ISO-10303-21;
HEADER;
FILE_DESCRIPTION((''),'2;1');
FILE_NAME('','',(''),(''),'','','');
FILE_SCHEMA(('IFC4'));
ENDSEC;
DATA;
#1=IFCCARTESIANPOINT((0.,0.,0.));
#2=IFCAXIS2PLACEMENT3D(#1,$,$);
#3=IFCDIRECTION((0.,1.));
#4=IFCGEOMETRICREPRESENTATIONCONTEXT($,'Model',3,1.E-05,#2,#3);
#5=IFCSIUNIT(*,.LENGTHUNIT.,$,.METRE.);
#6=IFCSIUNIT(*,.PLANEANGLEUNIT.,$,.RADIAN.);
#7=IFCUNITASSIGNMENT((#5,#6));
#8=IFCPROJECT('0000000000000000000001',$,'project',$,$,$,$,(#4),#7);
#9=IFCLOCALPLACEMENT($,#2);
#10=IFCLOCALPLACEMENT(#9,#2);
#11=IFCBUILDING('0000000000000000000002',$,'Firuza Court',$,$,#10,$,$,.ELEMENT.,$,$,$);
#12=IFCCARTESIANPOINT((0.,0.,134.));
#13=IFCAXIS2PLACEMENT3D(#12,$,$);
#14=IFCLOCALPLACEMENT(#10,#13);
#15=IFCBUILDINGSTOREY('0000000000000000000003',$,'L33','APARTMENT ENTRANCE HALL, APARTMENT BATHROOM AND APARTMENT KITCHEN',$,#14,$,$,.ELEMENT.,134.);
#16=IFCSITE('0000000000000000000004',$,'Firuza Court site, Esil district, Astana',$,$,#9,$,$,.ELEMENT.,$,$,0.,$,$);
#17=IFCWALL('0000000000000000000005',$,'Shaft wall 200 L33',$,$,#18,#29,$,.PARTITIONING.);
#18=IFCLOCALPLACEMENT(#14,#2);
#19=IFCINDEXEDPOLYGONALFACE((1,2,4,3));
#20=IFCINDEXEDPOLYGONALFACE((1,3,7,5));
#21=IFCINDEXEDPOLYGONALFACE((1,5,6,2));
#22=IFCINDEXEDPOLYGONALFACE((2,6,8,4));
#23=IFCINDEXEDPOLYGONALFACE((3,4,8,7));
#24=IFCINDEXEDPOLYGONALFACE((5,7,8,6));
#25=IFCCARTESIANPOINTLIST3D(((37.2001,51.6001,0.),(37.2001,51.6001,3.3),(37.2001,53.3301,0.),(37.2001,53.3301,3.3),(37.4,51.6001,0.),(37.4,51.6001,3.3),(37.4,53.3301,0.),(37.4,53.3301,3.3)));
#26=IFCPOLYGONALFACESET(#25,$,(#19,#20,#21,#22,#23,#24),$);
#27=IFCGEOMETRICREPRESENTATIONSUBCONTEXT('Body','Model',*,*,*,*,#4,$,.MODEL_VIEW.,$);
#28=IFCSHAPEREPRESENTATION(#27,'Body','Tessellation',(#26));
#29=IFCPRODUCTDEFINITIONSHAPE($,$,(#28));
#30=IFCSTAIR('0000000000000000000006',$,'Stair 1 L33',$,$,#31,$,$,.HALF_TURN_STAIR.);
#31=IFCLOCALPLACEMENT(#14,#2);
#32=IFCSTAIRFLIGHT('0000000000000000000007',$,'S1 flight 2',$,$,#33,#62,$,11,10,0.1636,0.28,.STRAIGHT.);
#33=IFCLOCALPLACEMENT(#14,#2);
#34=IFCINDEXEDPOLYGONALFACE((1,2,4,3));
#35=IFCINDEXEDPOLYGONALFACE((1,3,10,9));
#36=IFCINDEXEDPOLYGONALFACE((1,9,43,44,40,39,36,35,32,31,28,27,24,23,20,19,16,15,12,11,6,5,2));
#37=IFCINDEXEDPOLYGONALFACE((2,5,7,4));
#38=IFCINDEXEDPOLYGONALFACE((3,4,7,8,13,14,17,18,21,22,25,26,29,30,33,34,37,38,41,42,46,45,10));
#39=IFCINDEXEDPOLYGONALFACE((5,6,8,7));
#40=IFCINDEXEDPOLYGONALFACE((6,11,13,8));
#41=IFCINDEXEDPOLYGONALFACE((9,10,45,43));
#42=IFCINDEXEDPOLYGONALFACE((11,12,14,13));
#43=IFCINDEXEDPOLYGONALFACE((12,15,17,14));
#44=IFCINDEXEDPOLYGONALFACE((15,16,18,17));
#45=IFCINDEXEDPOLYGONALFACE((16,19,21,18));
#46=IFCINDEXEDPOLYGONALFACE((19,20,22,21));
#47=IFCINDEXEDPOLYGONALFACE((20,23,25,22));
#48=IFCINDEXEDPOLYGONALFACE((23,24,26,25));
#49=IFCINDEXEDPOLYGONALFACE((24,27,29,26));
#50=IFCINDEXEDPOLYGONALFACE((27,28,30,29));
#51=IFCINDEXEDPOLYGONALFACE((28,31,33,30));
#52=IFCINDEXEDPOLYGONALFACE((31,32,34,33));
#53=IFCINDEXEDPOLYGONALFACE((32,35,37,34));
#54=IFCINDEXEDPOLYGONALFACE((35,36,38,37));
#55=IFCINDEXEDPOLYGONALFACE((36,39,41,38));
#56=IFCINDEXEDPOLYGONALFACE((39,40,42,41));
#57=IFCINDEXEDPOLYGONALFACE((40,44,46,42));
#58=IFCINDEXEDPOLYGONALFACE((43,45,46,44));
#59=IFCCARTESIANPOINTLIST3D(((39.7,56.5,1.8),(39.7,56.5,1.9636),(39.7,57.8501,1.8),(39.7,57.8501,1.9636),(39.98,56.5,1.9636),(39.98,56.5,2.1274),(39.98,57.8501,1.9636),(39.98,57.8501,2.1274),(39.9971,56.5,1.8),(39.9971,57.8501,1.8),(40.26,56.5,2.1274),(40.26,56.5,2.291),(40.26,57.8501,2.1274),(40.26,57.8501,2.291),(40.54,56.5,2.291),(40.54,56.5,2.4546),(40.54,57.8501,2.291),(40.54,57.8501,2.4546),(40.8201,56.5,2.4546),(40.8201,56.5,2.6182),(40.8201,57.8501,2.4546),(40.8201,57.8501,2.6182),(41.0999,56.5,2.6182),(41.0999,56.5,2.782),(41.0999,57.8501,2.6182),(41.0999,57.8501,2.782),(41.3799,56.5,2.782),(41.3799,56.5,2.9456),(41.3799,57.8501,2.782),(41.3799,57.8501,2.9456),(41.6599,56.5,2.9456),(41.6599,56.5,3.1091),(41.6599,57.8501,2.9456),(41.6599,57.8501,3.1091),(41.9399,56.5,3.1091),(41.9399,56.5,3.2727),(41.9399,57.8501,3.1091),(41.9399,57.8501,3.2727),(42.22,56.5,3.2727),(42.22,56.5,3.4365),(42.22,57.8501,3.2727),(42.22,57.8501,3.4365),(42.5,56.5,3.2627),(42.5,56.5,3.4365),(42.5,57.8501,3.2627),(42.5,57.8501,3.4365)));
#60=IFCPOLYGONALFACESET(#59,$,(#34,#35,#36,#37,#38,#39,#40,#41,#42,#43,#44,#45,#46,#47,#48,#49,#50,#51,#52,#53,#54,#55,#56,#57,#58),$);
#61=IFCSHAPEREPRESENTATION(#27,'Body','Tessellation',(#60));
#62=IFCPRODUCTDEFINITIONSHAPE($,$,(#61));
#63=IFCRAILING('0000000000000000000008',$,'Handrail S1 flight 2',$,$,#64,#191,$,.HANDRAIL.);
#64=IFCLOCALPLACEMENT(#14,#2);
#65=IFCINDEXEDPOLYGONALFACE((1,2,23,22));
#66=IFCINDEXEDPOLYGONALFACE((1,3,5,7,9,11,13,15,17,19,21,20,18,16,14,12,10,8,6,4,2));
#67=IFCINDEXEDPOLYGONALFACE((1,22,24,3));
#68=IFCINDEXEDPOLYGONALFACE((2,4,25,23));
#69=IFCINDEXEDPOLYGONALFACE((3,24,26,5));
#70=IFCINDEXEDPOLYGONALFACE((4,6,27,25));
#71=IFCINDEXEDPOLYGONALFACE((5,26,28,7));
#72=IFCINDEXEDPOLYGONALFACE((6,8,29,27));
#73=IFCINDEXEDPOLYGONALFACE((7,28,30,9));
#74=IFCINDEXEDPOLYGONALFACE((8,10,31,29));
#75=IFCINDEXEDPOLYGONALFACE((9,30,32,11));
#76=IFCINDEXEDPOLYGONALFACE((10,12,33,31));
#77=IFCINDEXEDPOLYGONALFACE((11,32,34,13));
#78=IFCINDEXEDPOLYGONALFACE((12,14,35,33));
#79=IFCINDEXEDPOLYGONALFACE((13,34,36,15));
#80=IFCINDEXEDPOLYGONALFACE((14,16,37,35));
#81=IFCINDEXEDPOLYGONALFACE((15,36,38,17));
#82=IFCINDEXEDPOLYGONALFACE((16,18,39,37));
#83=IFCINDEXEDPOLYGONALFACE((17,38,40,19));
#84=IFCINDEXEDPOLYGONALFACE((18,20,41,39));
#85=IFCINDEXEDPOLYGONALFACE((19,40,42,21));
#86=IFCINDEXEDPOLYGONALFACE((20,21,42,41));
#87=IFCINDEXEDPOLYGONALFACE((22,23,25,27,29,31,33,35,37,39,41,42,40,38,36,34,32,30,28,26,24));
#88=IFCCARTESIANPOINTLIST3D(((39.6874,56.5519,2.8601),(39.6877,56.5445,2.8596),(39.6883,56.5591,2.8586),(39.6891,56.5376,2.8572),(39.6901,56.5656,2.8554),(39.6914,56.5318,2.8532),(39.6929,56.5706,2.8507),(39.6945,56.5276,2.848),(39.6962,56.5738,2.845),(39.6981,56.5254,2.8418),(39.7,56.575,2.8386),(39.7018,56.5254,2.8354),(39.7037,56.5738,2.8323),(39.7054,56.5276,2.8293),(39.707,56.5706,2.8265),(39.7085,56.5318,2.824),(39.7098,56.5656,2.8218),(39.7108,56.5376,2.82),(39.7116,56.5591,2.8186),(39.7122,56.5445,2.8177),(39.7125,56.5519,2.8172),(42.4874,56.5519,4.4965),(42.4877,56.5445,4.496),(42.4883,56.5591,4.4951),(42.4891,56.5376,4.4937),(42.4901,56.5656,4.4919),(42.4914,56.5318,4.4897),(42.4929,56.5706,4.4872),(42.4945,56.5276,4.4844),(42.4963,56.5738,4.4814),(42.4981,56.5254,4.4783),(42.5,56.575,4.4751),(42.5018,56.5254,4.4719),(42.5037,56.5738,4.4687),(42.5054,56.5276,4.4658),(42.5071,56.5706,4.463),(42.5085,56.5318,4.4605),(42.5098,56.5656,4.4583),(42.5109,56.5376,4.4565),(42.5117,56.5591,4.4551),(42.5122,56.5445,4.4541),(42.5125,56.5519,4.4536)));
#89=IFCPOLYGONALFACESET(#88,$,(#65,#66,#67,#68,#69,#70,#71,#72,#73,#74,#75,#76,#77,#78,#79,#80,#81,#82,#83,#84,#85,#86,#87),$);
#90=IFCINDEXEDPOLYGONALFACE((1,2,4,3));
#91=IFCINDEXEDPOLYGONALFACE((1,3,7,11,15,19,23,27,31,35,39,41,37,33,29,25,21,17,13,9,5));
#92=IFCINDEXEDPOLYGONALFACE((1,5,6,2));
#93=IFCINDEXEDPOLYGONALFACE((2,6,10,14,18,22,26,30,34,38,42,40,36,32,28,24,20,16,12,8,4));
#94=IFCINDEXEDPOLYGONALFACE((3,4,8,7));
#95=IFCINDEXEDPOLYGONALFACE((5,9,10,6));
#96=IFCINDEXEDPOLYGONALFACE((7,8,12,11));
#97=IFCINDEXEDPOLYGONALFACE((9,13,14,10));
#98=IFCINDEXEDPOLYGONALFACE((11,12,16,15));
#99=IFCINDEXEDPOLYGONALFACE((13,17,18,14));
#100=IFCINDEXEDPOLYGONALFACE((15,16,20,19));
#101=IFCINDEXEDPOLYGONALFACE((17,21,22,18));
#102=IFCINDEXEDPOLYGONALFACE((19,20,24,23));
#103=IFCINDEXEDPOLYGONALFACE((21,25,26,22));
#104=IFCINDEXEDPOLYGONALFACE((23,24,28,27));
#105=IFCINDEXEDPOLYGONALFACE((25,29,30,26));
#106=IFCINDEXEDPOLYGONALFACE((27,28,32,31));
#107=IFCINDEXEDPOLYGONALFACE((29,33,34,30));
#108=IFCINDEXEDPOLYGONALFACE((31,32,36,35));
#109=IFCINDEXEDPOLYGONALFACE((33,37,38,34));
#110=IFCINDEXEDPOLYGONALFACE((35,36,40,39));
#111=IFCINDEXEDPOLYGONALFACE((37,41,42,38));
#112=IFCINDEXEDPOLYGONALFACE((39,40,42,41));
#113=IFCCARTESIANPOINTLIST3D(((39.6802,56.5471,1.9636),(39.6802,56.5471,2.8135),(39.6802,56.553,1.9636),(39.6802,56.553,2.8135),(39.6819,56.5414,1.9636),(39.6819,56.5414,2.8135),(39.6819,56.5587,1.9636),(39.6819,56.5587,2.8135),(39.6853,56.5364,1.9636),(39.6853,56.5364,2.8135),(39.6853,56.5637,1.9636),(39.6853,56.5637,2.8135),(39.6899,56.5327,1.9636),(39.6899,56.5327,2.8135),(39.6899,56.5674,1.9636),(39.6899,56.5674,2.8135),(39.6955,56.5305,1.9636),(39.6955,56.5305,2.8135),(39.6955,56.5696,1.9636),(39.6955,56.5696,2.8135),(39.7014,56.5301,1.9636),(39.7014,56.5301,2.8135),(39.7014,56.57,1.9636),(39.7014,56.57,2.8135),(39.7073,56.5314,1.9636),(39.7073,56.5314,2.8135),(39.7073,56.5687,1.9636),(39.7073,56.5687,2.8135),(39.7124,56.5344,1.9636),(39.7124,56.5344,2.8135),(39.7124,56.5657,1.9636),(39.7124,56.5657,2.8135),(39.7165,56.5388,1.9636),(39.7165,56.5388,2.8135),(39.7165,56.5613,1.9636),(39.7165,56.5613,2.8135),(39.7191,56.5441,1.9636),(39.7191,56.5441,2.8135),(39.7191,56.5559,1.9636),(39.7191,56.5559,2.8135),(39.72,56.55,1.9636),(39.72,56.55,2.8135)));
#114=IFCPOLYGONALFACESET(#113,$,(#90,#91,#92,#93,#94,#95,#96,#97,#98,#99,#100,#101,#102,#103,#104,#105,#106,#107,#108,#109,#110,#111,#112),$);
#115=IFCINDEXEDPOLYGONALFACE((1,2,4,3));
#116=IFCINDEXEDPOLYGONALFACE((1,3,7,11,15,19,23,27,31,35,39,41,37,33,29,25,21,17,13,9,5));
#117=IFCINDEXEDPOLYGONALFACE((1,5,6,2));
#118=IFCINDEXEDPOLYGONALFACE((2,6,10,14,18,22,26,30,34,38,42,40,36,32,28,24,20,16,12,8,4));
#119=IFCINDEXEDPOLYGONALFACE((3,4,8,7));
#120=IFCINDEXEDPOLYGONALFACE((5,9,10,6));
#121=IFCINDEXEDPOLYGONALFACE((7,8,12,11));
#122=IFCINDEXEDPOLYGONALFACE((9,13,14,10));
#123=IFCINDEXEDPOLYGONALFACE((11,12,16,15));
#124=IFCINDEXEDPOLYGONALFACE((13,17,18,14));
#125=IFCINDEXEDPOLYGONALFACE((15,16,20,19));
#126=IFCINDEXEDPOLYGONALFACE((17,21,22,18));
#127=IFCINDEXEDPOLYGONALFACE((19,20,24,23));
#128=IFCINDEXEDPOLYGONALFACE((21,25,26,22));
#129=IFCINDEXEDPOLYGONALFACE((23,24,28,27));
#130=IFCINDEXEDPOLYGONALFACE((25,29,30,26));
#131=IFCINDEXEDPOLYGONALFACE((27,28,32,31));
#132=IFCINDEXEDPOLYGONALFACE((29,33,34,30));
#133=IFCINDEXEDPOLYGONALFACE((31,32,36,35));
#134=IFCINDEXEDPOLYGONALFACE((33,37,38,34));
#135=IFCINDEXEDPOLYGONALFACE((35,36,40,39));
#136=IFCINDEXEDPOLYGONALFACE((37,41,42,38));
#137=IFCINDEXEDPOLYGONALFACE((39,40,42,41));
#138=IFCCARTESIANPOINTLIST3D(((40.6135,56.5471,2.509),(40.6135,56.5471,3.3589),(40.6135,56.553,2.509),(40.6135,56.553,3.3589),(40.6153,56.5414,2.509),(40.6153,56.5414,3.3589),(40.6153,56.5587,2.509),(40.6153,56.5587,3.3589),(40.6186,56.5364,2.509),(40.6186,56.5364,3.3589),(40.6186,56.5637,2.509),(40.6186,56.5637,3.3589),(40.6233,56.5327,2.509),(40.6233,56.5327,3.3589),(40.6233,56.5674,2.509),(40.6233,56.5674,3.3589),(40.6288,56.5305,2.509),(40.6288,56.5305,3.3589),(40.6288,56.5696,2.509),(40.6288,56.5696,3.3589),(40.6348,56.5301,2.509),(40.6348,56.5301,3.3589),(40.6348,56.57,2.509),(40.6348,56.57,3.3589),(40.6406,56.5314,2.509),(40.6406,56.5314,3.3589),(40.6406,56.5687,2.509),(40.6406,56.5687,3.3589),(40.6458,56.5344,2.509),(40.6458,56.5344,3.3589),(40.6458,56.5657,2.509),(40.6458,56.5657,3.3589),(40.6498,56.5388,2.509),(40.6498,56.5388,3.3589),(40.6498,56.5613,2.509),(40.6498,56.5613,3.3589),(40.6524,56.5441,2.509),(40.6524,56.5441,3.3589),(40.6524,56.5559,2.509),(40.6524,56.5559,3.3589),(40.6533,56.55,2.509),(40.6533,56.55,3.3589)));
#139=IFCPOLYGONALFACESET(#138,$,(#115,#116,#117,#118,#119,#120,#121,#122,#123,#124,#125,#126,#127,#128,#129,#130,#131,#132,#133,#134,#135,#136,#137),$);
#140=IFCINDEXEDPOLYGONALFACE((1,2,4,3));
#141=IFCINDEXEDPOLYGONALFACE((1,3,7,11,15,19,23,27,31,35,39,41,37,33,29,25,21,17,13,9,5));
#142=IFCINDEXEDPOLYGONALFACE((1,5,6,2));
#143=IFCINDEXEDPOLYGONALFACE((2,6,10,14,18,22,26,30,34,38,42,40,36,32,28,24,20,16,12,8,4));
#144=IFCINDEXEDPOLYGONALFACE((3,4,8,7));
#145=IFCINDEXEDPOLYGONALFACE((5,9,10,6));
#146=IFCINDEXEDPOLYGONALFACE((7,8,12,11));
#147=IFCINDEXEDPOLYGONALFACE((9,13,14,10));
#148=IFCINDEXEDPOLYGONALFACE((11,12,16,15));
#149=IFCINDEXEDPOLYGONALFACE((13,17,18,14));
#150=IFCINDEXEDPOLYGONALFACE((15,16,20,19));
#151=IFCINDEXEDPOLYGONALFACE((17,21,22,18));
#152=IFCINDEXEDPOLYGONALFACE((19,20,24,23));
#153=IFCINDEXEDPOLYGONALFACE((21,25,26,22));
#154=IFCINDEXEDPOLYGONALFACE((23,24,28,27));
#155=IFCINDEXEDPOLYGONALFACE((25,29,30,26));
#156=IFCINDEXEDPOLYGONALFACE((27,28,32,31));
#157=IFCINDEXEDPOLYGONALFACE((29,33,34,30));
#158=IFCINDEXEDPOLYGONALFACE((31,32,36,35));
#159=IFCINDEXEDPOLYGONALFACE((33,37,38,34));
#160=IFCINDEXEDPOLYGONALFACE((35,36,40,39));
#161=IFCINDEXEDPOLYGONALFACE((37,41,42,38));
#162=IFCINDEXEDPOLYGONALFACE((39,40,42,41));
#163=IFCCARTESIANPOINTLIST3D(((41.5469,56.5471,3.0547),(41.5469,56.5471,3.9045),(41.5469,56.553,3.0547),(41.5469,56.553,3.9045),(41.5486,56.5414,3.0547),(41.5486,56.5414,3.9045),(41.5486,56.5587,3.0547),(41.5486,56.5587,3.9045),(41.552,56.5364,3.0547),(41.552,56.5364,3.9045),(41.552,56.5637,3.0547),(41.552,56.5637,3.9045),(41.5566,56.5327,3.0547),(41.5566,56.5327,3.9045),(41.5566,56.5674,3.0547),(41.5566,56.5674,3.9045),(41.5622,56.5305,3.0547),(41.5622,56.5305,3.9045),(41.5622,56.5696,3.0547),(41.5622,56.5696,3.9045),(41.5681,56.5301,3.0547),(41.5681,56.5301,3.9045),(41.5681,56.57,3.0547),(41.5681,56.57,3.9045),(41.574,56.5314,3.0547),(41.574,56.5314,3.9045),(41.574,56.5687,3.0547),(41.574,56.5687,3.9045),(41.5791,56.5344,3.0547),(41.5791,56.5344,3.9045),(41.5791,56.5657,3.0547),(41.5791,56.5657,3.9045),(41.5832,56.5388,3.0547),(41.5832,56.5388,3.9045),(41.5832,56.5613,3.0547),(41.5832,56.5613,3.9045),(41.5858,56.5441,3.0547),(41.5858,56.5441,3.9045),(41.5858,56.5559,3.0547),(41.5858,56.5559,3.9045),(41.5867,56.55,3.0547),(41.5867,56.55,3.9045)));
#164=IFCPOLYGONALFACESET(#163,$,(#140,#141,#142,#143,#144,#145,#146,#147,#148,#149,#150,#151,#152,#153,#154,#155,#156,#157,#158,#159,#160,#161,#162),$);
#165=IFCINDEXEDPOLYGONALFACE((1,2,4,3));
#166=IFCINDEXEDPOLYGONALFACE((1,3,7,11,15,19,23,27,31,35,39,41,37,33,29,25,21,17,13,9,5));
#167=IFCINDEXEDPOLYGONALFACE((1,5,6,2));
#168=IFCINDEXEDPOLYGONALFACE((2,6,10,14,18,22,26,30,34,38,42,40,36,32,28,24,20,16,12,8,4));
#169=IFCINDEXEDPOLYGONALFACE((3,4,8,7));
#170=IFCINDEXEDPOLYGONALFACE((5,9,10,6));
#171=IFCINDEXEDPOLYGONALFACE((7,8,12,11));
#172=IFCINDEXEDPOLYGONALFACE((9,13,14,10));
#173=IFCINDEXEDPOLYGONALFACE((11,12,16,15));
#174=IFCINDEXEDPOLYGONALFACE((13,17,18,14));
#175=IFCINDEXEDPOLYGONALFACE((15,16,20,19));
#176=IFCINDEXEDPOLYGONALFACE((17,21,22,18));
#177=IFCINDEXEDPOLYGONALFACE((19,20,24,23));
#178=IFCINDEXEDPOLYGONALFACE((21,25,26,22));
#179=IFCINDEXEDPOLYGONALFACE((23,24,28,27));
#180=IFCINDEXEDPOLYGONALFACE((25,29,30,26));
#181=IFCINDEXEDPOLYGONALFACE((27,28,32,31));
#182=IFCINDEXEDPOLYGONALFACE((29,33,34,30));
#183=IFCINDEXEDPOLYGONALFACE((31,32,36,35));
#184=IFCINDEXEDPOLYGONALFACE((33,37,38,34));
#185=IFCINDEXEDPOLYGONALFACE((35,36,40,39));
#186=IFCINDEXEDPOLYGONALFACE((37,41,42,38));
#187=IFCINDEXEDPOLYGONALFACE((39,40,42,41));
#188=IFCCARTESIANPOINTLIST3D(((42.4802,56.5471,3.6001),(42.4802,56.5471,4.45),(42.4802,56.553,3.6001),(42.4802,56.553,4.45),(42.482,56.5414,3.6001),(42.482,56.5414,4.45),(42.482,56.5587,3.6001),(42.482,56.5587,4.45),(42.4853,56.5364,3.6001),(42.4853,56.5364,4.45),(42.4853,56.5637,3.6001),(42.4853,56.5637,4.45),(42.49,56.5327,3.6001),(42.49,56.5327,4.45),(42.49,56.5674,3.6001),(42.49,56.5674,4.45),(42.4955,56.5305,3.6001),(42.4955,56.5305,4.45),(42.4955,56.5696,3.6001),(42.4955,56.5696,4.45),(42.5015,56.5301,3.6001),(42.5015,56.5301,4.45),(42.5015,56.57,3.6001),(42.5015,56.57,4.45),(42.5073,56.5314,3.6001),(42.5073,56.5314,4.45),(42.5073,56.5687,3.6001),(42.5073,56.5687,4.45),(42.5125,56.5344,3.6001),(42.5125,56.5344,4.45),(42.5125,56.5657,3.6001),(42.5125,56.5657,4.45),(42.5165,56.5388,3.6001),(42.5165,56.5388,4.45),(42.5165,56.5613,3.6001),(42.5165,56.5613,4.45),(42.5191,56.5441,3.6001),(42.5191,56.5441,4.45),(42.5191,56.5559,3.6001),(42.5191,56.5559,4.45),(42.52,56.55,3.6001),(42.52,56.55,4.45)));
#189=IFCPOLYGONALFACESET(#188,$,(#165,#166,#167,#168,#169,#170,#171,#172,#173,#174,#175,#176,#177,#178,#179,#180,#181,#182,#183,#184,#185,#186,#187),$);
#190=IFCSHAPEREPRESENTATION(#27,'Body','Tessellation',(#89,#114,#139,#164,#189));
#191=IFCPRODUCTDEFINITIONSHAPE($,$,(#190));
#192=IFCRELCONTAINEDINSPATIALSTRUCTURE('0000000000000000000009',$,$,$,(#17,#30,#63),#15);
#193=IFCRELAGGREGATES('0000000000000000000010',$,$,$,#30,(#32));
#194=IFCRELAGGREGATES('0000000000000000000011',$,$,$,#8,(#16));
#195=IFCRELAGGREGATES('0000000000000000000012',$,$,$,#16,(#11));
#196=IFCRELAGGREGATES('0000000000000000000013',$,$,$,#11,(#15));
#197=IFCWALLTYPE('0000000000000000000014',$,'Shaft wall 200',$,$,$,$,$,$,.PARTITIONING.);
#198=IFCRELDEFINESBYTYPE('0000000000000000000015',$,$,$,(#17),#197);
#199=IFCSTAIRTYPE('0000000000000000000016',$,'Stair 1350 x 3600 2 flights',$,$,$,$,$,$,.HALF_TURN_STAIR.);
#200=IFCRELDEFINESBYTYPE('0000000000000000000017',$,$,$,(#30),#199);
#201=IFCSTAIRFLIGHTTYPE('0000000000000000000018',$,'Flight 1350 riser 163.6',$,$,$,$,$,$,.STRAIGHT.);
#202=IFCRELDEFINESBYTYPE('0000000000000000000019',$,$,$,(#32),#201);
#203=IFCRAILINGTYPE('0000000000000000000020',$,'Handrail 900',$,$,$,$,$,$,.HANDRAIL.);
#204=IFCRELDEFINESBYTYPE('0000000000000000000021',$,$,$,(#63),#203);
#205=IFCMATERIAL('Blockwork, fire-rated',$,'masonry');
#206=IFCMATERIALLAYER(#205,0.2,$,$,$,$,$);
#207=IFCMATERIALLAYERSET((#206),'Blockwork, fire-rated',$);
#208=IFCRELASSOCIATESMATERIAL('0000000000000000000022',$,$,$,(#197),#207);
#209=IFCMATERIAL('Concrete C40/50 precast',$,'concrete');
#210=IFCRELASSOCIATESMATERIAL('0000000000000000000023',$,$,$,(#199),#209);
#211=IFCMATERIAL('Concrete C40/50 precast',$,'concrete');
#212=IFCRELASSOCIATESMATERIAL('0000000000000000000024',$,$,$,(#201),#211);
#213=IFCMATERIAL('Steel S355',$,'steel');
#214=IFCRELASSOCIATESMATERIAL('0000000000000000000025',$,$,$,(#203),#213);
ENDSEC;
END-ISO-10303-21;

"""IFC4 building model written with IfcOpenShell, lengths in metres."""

from ifc_helpers import new_model, si_unit, direction, frame, frame_2d, origin, origin_2d, place, context, subcontext, project, spatial, polyline, rectangle, circle, outline, extrude, material, layer, layer_set, type_object, element, aggregate, save


model = new_model("IFC4")

# Units and contexts
model_context = context("Model", 3, precision=1e-05, world=origin(), true_north=direction((0.0, 1.0)))
body_context = subcontext(model_context, "Body", "Model", "MODEL_VIEW")
ifc_project = project(units=[si_unit("LENGTHUNIT", "METRE"), si_unit("PLANEANGLEUNIT", "RADIAN")], contexts=[model_context])

# Site, building, storey
site_placement = place(None, origin())
site = spatial("IfcSite", under=ifc_project, at=site_placement, Name="Firuza Court site, Esil district, Astana", CompositionType="ELEMENT", RefElevation=0.0)
building_placement = place(site_placement, origin())
building = spatial("IfcBuilding", under=site, at=building_placement, Name="Firuza Court", CompositionType="ELEMENT")
storey_placement = place(building_placement, frame((0.0, 0.0, 134.0)))
storey = spatial("IfcBuildingStorey", under=building, at=storey_placement, Name="L33", Description="APARTMENT ENTRANCE HALL, APARTMENT BATHROOM AND APARTMENT KITCHEN", CompositionType="ELEMENT", Elevation=134.0)

# Shared definitions
ifc_material_1 = material(Name="Blockwork, fire-rated", Category="masonry")

# Shared definitions
ifc_layer_1 = layer(ifc_material_1, 0.2)
ifc_layer_set_1 = layer_set([ifc_layer_1], Name="Blockwork, fire-rated")
wall_type_1 = type_object("IfcWallType", Name="Shaft wall 200", PredefinedType="PARTITIONING", material=ifc_layer_set_1)

# Wall
wall_1_placement = place(storey_placement, frame((37.3, 51.6001, 0.0), z_axis=(0.0, 0.0, 1.0), x_axis=(0.0, 1.0, 0.0)))
element("IfcWall", 1, at=wall_1_placement, inside=storey, type_object=wall_type_1, Name="Shaft wall 200 L33", PredefinedType="PARTITIONING", context=body_context, shape_type="SweptSolid", body=[
    extrude(rectangle(XDim=1.73, YDim=0.2, at=frame_2d((0.865, 0.0))), origin(), (0.0, 0.0, 1.0), 3.3),
])

# Stair, stair flight
ifc_material_2 = material(Name="Concrete C40/50 precast", Category="concrete")
stair_type = type_object("IfcStairType", Name="Stair 1350 x 3600 2 flights", PredefinedType="HALF_TURN_STAIR", material=ifc_material_2)
stair_placement = place(storey_placement, origin())
stair = element("IfcStair", 2, at=stair_placement, inside=storey, type_object=stair_type, Name="Stair 1 L33", PredefinedType="HALF_TURN_STAIR")
ifc_material_3 = material(Name="Concrete C40/50 precast", Category="concrete")
stair_flight_type = type_object("IfcStairFlightType", Name="Flight 1350 riser 163.6", PredefinedType="STRAIGHT", material=ifc_material_3)
stair_flight_placement = place(storey_placement, frame((39.7, 57.175, 1.8), z_axis=(0.0, 0.0, 1.0), x_axis=(1.0, 0.0, 0.0)))
stair_flight = element("IfcStairFlight", 3, at=stair_flight_placement, type_object=stair_flight_type, Name="S1 flight 2", NumberOfRisers=11, NumberOfTreads=10, PredefinedType="STRAIGHT", RiserHeight=0.1636, TreadLength=0.28, context=body_context, shape_type="SweptSolid", body=[
    extrude(outline(polyline([(0.0, 0.0), (0.0, 0.1636), (0.28, 0.1636), (0.28, 0.3274), (0.5601, 0.3274), (0.5601, 0.491), (0.8401, 0.491), (0.8401, 0.6545), (1.1201, 0.6545), (1.1201, 0.8181), (1.3999, 0.8181), (1.3999, 0.9819), (1.6799, 0.9819), (1.6799, 1.1455), (1.96, 1.1455), (1.96, 1.3091), (2.24, 1.3091), (2.24, 1.4727), (2.52, 1.4727), (2.52, 1.6365), (2.8, 1.6365), (2.8, 1.8), (2.8, 1.4626), (0.2971, 0.0), (0.0, 0.0)])), frame((0.0, 0.675, 0.0), z_axis=(0.0, -1.0, 0.0), x_axis=(1.0, 0.0, 0.0)), (0.0, 0.0, 1.0), 1.3501),
])
aggregate(stair, [stair_flight])

# Railing
ifc_material_4 = material(Name="Steel S355", Category="steel")
railing_type = type_object("IfcRailingType", Name="Handrail 900", PredefinedType="HANDRAIL", material=ifc_material_4)
railing_placement = place(storey_placement, frame((39.7, 56.55, 1.9636)))
element("IfcRailing", 4, at=railing_placement, inside=storey, type_object=railing_type, Name="Handrail S1 flight 2", PredefinedType="HANDRAIL", context=body_context, shape_type="SweptSolid", body=[
    extrude(circle(Radius=0.0249, at=origin_2d()), frame((0.0, 0.0, 0.875), z_axis=(0.863361, 0.0, 0.504587), x_axis=(0.0, 1.0, 0.0)), (0.0, 0.0, 1.0), 3.2432),
    extrude(circle(Radius=0.02, at=origin_2d()), origin(), (0.0, 0.0, 1.0), 0.8499),
    extrude(circle(Radius=0.02, at=origin_2d()), frame((0.9333, 0.0, 0.5454)), (0.0, 0.0, 1.0), 0.8499),
    extrude(circle(Radius=0.02, at=origin_2d()), frame((1.8667, 0.0, 1.0911)), (0.0, 0.0, 1.0), 0.8499),
    extrude(circle(Radius=0.02, at=origin_2d()), frame((2.8, 0.0, 1.6365)), (0.0, 0.0, 1.0), 0.8499),
])

save(model, "model.ifc")
